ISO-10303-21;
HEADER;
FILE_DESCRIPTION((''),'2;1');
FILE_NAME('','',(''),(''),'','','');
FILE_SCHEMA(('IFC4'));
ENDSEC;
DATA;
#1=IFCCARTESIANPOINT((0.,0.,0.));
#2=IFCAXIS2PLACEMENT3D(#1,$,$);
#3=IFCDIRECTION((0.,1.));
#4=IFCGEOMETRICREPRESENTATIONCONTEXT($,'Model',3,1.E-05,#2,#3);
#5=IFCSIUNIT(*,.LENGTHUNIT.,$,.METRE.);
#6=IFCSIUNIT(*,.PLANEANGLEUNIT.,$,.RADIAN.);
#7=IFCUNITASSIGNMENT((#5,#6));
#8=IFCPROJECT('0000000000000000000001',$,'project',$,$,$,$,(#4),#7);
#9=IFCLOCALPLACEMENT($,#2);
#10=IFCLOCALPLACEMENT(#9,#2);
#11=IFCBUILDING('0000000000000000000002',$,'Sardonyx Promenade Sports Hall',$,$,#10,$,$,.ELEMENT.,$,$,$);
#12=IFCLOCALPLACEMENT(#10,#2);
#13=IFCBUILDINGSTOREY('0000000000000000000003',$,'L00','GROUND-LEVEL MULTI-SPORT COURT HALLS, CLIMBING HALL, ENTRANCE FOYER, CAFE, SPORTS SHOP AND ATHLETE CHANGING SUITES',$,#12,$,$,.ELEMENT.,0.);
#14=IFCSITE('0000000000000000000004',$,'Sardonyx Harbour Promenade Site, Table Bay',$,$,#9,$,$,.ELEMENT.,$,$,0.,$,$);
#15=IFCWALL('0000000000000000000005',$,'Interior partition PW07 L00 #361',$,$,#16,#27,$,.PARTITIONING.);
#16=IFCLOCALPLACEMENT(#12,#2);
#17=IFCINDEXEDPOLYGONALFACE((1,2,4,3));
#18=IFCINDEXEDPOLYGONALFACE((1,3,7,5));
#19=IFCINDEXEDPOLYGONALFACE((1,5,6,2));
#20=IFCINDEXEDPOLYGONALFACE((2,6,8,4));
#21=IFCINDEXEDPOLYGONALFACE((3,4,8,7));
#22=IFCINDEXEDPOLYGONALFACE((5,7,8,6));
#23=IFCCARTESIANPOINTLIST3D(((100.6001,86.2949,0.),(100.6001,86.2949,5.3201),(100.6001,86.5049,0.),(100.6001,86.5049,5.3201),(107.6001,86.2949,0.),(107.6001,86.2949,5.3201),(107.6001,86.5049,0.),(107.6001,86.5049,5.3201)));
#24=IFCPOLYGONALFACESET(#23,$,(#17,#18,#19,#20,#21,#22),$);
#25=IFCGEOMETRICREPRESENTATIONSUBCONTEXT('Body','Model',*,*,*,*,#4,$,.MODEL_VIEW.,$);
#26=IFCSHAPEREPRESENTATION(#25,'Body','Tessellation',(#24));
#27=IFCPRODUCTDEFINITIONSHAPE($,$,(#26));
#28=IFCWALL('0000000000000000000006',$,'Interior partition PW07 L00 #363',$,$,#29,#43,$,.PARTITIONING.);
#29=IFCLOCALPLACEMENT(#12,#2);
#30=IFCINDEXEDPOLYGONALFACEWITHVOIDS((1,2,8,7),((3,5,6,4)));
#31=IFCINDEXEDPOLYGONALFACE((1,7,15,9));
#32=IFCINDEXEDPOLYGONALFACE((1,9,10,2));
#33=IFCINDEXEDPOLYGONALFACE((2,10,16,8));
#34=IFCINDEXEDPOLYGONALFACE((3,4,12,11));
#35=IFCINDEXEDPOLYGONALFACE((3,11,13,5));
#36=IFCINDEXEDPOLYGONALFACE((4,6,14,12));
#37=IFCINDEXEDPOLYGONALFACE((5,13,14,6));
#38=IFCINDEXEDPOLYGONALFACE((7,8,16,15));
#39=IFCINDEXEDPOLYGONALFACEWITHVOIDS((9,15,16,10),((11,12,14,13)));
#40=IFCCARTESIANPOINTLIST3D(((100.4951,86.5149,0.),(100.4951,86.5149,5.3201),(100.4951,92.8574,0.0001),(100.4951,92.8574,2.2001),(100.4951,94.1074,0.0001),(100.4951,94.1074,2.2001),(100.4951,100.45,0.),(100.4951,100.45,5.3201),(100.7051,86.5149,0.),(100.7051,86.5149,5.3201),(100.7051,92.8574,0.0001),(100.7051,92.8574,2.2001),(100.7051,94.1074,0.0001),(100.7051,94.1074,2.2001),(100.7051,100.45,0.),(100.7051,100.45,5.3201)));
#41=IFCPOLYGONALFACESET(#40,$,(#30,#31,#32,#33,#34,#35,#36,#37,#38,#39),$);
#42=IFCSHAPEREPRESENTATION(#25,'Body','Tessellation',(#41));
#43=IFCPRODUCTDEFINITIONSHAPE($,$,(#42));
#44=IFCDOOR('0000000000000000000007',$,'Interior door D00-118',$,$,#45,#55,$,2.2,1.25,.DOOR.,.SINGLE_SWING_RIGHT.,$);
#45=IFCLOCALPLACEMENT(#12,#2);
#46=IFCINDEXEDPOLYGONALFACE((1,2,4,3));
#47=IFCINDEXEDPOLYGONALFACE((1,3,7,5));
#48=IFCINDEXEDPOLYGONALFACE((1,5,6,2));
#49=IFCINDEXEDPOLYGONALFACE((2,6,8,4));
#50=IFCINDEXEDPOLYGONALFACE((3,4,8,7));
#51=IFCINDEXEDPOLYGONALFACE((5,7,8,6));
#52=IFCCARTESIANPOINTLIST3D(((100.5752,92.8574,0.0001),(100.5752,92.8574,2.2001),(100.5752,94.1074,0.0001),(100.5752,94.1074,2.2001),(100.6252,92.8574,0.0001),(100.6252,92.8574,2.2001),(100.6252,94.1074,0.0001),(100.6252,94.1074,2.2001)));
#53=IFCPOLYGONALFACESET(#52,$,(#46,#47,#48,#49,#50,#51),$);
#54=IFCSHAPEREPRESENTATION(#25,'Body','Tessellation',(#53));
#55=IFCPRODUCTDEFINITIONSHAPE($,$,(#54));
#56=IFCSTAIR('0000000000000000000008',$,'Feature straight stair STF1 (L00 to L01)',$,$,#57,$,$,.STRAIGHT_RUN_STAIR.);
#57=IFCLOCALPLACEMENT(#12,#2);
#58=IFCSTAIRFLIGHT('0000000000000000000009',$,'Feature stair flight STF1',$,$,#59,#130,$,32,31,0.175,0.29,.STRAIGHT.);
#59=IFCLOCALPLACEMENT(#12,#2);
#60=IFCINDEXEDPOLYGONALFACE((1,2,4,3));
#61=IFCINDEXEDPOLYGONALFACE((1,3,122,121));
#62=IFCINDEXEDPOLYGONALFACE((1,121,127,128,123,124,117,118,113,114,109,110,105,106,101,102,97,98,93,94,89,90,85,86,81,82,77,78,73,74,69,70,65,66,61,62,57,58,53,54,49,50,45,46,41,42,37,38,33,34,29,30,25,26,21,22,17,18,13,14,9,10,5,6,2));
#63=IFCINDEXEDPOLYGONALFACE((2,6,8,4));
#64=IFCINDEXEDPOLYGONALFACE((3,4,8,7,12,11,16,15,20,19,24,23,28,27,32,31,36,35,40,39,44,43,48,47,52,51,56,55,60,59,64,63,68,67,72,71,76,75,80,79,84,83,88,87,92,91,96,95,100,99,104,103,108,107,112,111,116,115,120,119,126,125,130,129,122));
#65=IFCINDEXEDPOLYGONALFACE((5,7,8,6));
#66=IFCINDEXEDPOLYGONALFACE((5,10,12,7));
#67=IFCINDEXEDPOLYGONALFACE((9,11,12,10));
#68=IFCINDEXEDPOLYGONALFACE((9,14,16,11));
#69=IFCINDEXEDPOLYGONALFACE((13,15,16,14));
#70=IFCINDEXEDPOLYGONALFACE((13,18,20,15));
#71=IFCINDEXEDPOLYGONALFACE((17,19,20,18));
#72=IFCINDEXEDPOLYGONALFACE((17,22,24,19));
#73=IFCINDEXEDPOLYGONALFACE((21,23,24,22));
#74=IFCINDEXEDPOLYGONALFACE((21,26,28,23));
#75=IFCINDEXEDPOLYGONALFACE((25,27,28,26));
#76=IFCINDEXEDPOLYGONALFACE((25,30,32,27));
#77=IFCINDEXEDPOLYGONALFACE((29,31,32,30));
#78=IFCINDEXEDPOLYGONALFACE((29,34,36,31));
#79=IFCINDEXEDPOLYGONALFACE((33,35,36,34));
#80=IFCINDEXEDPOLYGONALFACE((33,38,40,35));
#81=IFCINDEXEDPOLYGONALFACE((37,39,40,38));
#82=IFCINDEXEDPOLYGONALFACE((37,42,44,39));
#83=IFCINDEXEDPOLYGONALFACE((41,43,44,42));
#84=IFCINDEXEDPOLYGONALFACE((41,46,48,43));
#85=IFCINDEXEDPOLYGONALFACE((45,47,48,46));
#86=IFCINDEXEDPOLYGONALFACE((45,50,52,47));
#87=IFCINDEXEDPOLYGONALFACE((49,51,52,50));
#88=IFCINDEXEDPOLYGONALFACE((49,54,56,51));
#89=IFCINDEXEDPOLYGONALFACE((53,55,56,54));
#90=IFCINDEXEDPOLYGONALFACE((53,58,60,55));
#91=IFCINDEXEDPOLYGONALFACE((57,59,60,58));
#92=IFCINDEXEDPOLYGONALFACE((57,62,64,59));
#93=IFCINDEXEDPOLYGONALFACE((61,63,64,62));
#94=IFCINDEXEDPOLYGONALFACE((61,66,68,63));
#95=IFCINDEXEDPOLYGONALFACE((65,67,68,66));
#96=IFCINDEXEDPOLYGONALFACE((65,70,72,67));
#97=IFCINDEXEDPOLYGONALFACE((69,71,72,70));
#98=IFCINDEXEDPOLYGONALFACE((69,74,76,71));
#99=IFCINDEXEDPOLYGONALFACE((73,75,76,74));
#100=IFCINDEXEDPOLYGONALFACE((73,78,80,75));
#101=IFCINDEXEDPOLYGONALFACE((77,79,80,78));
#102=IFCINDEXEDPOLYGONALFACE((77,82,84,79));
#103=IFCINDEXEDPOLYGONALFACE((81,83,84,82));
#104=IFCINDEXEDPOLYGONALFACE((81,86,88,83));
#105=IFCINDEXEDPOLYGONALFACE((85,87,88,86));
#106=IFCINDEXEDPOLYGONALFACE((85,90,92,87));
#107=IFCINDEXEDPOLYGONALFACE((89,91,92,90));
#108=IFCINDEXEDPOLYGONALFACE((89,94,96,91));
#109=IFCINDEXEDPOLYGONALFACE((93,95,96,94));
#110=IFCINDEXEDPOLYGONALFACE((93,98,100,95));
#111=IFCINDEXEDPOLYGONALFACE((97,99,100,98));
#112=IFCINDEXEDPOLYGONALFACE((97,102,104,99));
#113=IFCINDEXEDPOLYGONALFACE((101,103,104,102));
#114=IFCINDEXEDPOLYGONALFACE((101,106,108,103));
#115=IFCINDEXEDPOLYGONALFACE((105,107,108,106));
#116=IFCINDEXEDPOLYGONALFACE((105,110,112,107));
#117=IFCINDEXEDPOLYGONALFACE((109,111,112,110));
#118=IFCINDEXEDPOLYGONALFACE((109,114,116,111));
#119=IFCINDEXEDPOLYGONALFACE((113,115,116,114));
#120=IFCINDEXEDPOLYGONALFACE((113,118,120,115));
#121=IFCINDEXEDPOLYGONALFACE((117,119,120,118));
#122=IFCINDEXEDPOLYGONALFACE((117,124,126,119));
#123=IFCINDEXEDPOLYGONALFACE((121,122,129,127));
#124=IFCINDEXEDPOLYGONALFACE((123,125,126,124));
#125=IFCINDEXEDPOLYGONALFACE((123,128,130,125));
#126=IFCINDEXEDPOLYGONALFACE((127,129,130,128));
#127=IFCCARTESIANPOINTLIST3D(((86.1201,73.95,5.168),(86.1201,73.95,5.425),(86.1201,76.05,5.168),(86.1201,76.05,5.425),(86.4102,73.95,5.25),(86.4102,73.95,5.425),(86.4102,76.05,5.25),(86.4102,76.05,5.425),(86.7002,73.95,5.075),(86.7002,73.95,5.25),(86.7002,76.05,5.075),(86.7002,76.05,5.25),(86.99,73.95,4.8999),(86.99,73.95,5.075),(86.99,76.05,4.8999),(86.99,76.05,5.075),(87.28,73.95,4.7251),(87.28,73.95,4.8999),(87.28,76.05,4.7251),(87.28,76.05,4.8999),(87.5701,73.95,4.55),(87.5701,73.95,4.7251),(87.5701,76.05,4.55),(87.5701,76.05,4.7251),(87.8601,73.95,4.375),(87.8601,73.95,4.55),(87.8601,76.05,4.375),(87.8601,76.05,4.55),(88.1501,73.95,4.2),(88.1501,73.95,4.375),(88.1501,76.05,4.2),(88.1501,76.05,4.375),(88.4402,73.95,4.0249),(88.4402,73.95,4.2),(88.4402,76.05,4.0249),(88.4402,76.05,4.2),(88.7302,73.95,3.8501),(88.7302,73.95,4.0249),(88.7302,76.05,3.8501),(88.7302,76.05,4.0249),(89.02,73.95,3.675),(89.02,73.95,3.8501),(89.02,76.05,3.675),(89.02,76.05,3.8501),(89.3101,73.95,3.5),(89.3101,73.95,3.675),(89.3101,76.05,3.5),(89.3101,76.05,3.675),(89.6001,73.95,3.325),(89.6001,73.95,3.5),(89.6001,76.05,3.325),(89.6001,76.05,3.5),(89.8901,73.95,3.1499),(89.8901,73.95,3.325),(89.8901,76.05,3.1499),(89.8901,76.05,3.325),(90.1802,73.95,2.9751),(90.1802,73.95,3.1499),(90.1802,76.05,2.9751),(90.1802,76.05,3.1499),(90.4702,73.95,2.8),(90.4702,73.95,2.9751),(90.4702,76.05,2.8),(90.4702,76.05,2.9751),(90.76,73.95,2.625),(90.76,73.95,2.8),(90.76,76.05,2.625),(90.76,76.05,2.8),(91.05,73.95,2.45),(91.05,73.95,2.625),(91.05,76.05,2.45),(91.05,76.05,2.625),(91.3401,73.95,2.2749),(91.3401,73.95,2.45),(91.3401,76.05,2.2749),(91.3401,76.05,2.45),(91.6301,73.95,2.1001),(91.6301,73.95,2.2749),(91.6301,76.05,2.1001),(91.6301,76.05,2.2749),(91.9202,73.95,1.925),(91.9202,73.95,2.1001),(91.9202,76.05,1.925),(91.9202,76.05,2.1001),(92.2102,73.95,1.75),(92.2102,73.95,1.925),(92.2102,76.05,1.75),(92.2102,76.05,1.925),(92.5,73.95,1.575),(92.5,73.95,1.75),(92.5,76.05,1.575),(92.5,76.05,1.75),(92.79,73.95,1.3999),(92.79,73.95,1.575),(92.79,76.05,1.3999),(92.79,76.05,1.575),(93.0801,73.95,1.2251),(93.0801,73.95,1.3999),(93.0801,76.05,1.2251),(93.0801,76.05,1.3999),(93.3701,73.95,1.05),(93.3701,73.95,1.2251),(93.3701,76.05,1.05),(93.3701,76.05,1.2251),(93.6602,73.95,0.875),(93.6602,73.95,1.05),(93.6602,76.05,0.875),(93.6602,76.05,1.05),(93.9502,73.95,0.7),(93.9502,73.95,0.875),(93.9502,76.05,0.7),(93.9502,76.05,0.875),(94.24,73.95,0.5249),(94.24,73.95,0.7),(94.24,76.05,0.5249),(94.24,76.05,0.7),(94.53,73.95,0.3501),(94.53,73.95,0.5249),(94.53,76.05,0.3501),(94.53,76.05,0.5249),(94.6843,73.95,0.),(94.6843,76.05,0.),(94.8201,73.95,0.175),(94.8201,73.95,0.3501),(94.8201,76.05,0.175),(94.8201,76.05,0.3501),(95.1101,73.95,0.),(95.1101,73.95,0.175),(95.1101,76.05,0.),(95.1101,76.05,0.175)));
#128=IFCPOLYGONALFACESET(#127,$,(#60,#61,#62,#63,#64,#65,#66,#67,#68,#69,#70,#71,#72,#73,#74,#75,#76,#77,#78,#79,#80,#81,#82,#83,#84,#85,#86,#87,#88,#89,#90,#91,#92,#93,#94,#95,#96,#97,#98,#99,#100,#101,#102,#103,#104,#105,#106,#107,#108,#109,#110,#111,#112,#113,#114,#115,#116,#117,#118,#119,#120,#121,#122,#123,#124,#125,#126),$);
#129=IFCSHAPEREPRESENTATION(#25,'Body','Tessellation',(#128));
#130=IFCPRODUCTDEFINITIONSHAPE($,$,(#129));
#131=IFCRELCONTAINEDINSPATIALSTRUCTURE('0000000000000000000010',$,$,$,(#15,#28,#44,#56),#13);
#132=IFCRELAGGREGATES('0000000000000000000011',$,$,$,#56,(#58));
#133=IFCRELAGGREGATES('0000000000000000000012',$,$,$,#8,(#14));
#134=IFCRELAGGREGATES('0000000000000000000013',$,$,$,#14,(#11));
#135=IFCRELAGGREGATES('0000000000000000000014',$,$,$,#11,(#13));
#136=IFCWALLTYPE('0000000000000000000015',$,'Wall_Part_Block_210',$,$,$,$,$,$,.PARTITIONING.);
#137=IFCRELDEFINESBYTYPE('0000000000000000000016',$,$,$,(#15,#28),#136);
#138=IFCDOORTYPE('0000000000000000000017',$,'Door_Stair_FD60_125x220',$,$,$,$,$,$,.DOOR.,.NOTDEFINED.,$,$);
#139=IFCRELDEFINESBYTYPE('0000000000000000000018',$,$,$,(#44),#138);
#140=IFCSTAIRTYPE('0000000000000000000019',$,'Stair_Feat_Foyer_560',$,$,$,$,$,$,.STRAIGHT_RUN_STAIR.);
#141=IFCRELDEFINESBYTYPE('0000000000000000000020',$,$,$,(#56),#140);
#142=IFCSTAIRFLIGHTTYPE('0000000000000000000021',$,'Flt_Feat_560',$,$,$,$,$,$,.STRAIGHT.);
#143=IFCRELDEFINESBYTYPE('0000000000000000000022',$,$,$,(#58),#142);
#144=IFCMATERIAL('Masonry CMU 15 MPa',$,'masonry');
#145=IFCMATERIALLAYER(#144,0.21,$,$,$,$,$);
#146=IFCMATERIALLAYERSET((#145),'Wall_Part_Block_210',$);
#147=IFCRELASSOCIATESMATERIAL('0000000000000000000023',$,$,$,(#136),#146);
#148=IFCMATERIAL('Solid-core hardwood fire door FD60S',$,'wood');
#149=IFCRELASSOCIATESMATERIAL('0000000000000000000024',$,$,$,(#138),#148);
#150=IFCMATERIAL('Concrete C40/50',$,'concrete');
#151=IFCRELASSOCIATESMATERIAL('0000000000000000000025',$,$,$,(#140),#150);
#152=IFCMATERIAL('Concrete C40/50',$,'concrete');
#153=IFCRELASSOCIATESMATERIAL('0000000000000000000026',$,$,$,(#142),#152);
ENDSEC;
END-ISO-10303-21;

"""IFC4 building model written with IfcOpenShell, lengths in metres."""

from ifc_helpers import new_model, si_unit, direction, frame, frame_2d, origin, place, context, subcontext, project, spatial, polyline, rectangle, outline, extrude, material, layer, layer_set, type_object, element, fill, aggregate, save


model = new_model("IFC4")

# Units and contexts
model_context = context("Model", 3, precision=1e-05, world=origin(), true_north=direction((0.0, 1.0)))
body_context = subcontext(model_context, "Body", "Model", "MODEL_VIEW")
ifc_project = project(units=[si_unit("LENGTHUNIT", "METRE"), si_unit("PLANEANGLEUNIT", "RADIAN")], contexts=[model_context])

# Site, building, storey
site_placement = place(None, origin())
site = spatial("IfcSite", under=ifc_project, at=site_placement, Name="Sardonyx Harbour Promenade Site, Table Bay", CompositionType="ELEMENT", RefElevation=0.0)
building_placement = place(site_placement, origin())
building = spatial("IfcBuilding", under=site, at=building_placement, Name="Sardonyx Promenade Sports Hall", CompositionType="ELEMENT")
storey_placement = place(building_placement, origin())
storey = spatial("IfcBuildingStorey", under=building, at=storey_placement, Name="L00", Description="GROUND-LEVEL MULTI-SPORT COURT HALLS, CLIMBING HALL, ENTRANCE FOYER, CAFE, SPORTS SHOP AND ATHLETE CHANGING SUITES", CompositionType="ELEMENT", Elevation=0.0)

# Wall
ifc_material_1 = material(Name="Masonry CMU 15 MPa", Category="masonry")
ifc_layer_1 = layer(ifc_material_1, 0.21)
ifc_layer_set_1 = layer_set([ifc_layer_1], Name="Wall_Part_Block_210")
wall_type_1 = type_object("IfcWallType", Name="Wall_Part_Block_210", PredefinedType="PARTITIONING", material=ifc_layer_set_1)
wall_1_placement = place(storey_placement, frame((100.6001, 86.3999, 0.0), z_axis=(0.0, 0.0, 1.0), x_axis=(1.0, 0.0, 0.0)))
element("IfcWall", 1, at=wall_1_placement, inside=storey, type_object=wall_type_1, Name="Interior partition PW07 L00 #361", PredefinedType="PARTITIONING", context=body_context, shape_type="SweptSolid", body=[
    extrude(rectangle(XDim=7.0, YDim=0.21, at=frame_2d((3.5, 0.0))), origin(), (0.0, 0.0, 1.0), 5.3201),
])

# Wall, opening, door
wall_2_placement = place(storey_placement, frame((100.6001, 86.5149, 0.0), z_axis=(0.0, 0.0, 1.0), x_axis=(0.0, 1.0, 0.0)))
wall_2 = element("IfcWall", 2, at=wall_2_placement, inside=storey, type_object=wall_type_1, Name="Interior partition PW07 L00 #363", PredefinedType="PARTITIONING", context=body_context, shape_type="SweptSolid", body=[
    extrude(rectangle(XDim=13.9351, YDim=0.21, at=frame_2d((6.9675, 0.0))), origin(), (0.0, 0.0, 1.0), 5.3201),
])
opening_1_placement = place(wall_2_placement, frame((6.3425, 0.0, 0.0)))
opening_1 = element("IfcOpeningElement", 3, at=opening_1_placement, cuts=wall_2, PredefinedType="OPENING", context=body_context, shape_type="SweptSolid", body=[
    extrude(rectangle(XDim=1.25, YDim=2.2, at=frame_2d((0.625, 1.1001))), frame((0.0, 0.115, 0.0), z_axis=(0.0, -1.0, 0.0), x_axis=(1.0, 0.0, 0.0)), (0.0, 0.0, 1.0), 0.23),
])
ifc_material_2 = material(Name="Solid-core hardwood fire door FD60S", Category="wood")
door_type_1 = type_object("IfcDoorType", Name="Door_Stair_FD60_125x220", OperationType="NOTDEFINED", PredefinedType="DOOR", material=ifc_material_2)
door_1_placement = place(opening_1_placement, origin())
door_1 = element("IfcDoor", 4, at=door_1_placement, inside=storey, type_object=door_type_1, Name="Interior door D00-118", OperationType="SINGLE_SWING_RIGHT", OverallHeight=2.2, OverallWidth=1.25, PredefinedType="DOOR", context=body_context, shape_type="SweptSolid", body=[
    extrude(rectangle(XDim=1.25, YDim=2.2, at=frame_2d((0.625, 1.1001))), frame((0.0, 0.0249, 0.0), z_axis=(0.0, -1.0, 0.0), x_axis=(1.0, 0.0, 0.0)), (0.0, 0.0, 1.0), 0.05),
])
fill(opening_1, door_1)

# Stair, stair flight
ifc_material_3 = material(Name="Concrete C40/50", Category="concrete")
stair_type = type_object("IfcStairType", Name="Stair_Feat_Foyer_560", PredefinedType="STRAIGHT_RUN_STAIR", material=ifc_material_3)
stair_placement = place(storey_placement, origin())
stair = element("IfcStair", 5, at=stair_placement, inside=storey, type_object=stair_type, Name="Feature straight stair STF1 (L00 to L01)", PredefinedType="STRAIGHT_RUN_STAIR")
ifc_material_4 = material(Name="Concrete C40/50", Category="concrete")
stair_flight_type = type_object("IfcStairFlightType", Name="Flt_Feat_560", PredefinedType="STRAIGHT", material=ifc_material_4)
stair_flight_placement = place(storey_placement, frame((95.1101, 75.0, 0.0), z_axis=(0.0, 0.0, 1.0), x_axis=(-1.0, 0.0, 0.0)))
stair_flight = element("IfcStairFlight", 6, at=stair_flight_placement, type_object=stair_flight_type, Name="Feature stair flight STF1", NumberOfRisers=32, NumberOfTreads=31, PredefinedType="STRAIGHT", RiserHeight=0.175, TreadLength=0.29, context=body_context, shape_type="SweptSolid", body=[
    extrude(outline(polyline([(0.0, 0.0), (0.0, 0.175), (0.29, 0.175), (0.29, 0.3501), (0.5801, 0.3501), (0.5801, 0.5249), (0.8701, 0.5249), (0.8701, 0.7), (1.1599, 0.7), (1.1599, 0.875), (1.45, 0.875), (1.45, 1.05), (1.74, 1.05), (1.74, 1.2251), (2.03, 1.2251), (2.03, 1.3999), (2.3201, 1.3999), (2.3201, 1.575), (2.6101, 1.575), (2.6101, 1.75), (2.8999, 1.75), (2.8999, 1.925), (3.1899, 1.925), (3.1899, 2.1001), (3.48, 2.1001), (3.48, 2.2749), (3.77, 2.2749), (3.77, 2.45), (4.0601, 2.45), (4.0601, 2.625), (4.3501, 2.625), (4.3501, 2.8), (4.6399, 2.8), (4.6399, 2.9751), (4.9299, 2.9751), (4.9299, 3.1499), (5.22, 3.1499), (5.22, 3.325), (5.51, 3.325), (5.51, 3.5), (5.8, 3.5), (5.8, 3.675), (6.0901, 3.675), (6.0901, 3.8501), (6.3799, 3.8501), (6.3799, 4.0249), (6.6699, 4.0249), (6.6699, 4.2), (6.96, 4.2), (6.96, 4.375), (7.25, 4.375), (7.25, 4.55), (7.54, 4.55), (7.54, 4.7251), (7.8301, 4.7251), (7.8301, 4.8999), (8.1201, 4.8999), (8.1201, 5.075), (8.4099, 5.075), (8.4099, 5.25), (8.7, 5.25), (8.7, 5.425), (8.99, 5.425), (8.99, 5.6001), (8.99, 5.168), (0.4258, 0.0), (0.0, 0.0)])), frame((0.0, 1.05, 0.0), z_axis=(0.0, -1.0, 0.0), x_axis=(1.0, 0.0, 0.0)), (0.0, 0.0, 1.0), 2.1001),
])
aggregate(stair, [stair_flight])

save(model, "model.ifc")
